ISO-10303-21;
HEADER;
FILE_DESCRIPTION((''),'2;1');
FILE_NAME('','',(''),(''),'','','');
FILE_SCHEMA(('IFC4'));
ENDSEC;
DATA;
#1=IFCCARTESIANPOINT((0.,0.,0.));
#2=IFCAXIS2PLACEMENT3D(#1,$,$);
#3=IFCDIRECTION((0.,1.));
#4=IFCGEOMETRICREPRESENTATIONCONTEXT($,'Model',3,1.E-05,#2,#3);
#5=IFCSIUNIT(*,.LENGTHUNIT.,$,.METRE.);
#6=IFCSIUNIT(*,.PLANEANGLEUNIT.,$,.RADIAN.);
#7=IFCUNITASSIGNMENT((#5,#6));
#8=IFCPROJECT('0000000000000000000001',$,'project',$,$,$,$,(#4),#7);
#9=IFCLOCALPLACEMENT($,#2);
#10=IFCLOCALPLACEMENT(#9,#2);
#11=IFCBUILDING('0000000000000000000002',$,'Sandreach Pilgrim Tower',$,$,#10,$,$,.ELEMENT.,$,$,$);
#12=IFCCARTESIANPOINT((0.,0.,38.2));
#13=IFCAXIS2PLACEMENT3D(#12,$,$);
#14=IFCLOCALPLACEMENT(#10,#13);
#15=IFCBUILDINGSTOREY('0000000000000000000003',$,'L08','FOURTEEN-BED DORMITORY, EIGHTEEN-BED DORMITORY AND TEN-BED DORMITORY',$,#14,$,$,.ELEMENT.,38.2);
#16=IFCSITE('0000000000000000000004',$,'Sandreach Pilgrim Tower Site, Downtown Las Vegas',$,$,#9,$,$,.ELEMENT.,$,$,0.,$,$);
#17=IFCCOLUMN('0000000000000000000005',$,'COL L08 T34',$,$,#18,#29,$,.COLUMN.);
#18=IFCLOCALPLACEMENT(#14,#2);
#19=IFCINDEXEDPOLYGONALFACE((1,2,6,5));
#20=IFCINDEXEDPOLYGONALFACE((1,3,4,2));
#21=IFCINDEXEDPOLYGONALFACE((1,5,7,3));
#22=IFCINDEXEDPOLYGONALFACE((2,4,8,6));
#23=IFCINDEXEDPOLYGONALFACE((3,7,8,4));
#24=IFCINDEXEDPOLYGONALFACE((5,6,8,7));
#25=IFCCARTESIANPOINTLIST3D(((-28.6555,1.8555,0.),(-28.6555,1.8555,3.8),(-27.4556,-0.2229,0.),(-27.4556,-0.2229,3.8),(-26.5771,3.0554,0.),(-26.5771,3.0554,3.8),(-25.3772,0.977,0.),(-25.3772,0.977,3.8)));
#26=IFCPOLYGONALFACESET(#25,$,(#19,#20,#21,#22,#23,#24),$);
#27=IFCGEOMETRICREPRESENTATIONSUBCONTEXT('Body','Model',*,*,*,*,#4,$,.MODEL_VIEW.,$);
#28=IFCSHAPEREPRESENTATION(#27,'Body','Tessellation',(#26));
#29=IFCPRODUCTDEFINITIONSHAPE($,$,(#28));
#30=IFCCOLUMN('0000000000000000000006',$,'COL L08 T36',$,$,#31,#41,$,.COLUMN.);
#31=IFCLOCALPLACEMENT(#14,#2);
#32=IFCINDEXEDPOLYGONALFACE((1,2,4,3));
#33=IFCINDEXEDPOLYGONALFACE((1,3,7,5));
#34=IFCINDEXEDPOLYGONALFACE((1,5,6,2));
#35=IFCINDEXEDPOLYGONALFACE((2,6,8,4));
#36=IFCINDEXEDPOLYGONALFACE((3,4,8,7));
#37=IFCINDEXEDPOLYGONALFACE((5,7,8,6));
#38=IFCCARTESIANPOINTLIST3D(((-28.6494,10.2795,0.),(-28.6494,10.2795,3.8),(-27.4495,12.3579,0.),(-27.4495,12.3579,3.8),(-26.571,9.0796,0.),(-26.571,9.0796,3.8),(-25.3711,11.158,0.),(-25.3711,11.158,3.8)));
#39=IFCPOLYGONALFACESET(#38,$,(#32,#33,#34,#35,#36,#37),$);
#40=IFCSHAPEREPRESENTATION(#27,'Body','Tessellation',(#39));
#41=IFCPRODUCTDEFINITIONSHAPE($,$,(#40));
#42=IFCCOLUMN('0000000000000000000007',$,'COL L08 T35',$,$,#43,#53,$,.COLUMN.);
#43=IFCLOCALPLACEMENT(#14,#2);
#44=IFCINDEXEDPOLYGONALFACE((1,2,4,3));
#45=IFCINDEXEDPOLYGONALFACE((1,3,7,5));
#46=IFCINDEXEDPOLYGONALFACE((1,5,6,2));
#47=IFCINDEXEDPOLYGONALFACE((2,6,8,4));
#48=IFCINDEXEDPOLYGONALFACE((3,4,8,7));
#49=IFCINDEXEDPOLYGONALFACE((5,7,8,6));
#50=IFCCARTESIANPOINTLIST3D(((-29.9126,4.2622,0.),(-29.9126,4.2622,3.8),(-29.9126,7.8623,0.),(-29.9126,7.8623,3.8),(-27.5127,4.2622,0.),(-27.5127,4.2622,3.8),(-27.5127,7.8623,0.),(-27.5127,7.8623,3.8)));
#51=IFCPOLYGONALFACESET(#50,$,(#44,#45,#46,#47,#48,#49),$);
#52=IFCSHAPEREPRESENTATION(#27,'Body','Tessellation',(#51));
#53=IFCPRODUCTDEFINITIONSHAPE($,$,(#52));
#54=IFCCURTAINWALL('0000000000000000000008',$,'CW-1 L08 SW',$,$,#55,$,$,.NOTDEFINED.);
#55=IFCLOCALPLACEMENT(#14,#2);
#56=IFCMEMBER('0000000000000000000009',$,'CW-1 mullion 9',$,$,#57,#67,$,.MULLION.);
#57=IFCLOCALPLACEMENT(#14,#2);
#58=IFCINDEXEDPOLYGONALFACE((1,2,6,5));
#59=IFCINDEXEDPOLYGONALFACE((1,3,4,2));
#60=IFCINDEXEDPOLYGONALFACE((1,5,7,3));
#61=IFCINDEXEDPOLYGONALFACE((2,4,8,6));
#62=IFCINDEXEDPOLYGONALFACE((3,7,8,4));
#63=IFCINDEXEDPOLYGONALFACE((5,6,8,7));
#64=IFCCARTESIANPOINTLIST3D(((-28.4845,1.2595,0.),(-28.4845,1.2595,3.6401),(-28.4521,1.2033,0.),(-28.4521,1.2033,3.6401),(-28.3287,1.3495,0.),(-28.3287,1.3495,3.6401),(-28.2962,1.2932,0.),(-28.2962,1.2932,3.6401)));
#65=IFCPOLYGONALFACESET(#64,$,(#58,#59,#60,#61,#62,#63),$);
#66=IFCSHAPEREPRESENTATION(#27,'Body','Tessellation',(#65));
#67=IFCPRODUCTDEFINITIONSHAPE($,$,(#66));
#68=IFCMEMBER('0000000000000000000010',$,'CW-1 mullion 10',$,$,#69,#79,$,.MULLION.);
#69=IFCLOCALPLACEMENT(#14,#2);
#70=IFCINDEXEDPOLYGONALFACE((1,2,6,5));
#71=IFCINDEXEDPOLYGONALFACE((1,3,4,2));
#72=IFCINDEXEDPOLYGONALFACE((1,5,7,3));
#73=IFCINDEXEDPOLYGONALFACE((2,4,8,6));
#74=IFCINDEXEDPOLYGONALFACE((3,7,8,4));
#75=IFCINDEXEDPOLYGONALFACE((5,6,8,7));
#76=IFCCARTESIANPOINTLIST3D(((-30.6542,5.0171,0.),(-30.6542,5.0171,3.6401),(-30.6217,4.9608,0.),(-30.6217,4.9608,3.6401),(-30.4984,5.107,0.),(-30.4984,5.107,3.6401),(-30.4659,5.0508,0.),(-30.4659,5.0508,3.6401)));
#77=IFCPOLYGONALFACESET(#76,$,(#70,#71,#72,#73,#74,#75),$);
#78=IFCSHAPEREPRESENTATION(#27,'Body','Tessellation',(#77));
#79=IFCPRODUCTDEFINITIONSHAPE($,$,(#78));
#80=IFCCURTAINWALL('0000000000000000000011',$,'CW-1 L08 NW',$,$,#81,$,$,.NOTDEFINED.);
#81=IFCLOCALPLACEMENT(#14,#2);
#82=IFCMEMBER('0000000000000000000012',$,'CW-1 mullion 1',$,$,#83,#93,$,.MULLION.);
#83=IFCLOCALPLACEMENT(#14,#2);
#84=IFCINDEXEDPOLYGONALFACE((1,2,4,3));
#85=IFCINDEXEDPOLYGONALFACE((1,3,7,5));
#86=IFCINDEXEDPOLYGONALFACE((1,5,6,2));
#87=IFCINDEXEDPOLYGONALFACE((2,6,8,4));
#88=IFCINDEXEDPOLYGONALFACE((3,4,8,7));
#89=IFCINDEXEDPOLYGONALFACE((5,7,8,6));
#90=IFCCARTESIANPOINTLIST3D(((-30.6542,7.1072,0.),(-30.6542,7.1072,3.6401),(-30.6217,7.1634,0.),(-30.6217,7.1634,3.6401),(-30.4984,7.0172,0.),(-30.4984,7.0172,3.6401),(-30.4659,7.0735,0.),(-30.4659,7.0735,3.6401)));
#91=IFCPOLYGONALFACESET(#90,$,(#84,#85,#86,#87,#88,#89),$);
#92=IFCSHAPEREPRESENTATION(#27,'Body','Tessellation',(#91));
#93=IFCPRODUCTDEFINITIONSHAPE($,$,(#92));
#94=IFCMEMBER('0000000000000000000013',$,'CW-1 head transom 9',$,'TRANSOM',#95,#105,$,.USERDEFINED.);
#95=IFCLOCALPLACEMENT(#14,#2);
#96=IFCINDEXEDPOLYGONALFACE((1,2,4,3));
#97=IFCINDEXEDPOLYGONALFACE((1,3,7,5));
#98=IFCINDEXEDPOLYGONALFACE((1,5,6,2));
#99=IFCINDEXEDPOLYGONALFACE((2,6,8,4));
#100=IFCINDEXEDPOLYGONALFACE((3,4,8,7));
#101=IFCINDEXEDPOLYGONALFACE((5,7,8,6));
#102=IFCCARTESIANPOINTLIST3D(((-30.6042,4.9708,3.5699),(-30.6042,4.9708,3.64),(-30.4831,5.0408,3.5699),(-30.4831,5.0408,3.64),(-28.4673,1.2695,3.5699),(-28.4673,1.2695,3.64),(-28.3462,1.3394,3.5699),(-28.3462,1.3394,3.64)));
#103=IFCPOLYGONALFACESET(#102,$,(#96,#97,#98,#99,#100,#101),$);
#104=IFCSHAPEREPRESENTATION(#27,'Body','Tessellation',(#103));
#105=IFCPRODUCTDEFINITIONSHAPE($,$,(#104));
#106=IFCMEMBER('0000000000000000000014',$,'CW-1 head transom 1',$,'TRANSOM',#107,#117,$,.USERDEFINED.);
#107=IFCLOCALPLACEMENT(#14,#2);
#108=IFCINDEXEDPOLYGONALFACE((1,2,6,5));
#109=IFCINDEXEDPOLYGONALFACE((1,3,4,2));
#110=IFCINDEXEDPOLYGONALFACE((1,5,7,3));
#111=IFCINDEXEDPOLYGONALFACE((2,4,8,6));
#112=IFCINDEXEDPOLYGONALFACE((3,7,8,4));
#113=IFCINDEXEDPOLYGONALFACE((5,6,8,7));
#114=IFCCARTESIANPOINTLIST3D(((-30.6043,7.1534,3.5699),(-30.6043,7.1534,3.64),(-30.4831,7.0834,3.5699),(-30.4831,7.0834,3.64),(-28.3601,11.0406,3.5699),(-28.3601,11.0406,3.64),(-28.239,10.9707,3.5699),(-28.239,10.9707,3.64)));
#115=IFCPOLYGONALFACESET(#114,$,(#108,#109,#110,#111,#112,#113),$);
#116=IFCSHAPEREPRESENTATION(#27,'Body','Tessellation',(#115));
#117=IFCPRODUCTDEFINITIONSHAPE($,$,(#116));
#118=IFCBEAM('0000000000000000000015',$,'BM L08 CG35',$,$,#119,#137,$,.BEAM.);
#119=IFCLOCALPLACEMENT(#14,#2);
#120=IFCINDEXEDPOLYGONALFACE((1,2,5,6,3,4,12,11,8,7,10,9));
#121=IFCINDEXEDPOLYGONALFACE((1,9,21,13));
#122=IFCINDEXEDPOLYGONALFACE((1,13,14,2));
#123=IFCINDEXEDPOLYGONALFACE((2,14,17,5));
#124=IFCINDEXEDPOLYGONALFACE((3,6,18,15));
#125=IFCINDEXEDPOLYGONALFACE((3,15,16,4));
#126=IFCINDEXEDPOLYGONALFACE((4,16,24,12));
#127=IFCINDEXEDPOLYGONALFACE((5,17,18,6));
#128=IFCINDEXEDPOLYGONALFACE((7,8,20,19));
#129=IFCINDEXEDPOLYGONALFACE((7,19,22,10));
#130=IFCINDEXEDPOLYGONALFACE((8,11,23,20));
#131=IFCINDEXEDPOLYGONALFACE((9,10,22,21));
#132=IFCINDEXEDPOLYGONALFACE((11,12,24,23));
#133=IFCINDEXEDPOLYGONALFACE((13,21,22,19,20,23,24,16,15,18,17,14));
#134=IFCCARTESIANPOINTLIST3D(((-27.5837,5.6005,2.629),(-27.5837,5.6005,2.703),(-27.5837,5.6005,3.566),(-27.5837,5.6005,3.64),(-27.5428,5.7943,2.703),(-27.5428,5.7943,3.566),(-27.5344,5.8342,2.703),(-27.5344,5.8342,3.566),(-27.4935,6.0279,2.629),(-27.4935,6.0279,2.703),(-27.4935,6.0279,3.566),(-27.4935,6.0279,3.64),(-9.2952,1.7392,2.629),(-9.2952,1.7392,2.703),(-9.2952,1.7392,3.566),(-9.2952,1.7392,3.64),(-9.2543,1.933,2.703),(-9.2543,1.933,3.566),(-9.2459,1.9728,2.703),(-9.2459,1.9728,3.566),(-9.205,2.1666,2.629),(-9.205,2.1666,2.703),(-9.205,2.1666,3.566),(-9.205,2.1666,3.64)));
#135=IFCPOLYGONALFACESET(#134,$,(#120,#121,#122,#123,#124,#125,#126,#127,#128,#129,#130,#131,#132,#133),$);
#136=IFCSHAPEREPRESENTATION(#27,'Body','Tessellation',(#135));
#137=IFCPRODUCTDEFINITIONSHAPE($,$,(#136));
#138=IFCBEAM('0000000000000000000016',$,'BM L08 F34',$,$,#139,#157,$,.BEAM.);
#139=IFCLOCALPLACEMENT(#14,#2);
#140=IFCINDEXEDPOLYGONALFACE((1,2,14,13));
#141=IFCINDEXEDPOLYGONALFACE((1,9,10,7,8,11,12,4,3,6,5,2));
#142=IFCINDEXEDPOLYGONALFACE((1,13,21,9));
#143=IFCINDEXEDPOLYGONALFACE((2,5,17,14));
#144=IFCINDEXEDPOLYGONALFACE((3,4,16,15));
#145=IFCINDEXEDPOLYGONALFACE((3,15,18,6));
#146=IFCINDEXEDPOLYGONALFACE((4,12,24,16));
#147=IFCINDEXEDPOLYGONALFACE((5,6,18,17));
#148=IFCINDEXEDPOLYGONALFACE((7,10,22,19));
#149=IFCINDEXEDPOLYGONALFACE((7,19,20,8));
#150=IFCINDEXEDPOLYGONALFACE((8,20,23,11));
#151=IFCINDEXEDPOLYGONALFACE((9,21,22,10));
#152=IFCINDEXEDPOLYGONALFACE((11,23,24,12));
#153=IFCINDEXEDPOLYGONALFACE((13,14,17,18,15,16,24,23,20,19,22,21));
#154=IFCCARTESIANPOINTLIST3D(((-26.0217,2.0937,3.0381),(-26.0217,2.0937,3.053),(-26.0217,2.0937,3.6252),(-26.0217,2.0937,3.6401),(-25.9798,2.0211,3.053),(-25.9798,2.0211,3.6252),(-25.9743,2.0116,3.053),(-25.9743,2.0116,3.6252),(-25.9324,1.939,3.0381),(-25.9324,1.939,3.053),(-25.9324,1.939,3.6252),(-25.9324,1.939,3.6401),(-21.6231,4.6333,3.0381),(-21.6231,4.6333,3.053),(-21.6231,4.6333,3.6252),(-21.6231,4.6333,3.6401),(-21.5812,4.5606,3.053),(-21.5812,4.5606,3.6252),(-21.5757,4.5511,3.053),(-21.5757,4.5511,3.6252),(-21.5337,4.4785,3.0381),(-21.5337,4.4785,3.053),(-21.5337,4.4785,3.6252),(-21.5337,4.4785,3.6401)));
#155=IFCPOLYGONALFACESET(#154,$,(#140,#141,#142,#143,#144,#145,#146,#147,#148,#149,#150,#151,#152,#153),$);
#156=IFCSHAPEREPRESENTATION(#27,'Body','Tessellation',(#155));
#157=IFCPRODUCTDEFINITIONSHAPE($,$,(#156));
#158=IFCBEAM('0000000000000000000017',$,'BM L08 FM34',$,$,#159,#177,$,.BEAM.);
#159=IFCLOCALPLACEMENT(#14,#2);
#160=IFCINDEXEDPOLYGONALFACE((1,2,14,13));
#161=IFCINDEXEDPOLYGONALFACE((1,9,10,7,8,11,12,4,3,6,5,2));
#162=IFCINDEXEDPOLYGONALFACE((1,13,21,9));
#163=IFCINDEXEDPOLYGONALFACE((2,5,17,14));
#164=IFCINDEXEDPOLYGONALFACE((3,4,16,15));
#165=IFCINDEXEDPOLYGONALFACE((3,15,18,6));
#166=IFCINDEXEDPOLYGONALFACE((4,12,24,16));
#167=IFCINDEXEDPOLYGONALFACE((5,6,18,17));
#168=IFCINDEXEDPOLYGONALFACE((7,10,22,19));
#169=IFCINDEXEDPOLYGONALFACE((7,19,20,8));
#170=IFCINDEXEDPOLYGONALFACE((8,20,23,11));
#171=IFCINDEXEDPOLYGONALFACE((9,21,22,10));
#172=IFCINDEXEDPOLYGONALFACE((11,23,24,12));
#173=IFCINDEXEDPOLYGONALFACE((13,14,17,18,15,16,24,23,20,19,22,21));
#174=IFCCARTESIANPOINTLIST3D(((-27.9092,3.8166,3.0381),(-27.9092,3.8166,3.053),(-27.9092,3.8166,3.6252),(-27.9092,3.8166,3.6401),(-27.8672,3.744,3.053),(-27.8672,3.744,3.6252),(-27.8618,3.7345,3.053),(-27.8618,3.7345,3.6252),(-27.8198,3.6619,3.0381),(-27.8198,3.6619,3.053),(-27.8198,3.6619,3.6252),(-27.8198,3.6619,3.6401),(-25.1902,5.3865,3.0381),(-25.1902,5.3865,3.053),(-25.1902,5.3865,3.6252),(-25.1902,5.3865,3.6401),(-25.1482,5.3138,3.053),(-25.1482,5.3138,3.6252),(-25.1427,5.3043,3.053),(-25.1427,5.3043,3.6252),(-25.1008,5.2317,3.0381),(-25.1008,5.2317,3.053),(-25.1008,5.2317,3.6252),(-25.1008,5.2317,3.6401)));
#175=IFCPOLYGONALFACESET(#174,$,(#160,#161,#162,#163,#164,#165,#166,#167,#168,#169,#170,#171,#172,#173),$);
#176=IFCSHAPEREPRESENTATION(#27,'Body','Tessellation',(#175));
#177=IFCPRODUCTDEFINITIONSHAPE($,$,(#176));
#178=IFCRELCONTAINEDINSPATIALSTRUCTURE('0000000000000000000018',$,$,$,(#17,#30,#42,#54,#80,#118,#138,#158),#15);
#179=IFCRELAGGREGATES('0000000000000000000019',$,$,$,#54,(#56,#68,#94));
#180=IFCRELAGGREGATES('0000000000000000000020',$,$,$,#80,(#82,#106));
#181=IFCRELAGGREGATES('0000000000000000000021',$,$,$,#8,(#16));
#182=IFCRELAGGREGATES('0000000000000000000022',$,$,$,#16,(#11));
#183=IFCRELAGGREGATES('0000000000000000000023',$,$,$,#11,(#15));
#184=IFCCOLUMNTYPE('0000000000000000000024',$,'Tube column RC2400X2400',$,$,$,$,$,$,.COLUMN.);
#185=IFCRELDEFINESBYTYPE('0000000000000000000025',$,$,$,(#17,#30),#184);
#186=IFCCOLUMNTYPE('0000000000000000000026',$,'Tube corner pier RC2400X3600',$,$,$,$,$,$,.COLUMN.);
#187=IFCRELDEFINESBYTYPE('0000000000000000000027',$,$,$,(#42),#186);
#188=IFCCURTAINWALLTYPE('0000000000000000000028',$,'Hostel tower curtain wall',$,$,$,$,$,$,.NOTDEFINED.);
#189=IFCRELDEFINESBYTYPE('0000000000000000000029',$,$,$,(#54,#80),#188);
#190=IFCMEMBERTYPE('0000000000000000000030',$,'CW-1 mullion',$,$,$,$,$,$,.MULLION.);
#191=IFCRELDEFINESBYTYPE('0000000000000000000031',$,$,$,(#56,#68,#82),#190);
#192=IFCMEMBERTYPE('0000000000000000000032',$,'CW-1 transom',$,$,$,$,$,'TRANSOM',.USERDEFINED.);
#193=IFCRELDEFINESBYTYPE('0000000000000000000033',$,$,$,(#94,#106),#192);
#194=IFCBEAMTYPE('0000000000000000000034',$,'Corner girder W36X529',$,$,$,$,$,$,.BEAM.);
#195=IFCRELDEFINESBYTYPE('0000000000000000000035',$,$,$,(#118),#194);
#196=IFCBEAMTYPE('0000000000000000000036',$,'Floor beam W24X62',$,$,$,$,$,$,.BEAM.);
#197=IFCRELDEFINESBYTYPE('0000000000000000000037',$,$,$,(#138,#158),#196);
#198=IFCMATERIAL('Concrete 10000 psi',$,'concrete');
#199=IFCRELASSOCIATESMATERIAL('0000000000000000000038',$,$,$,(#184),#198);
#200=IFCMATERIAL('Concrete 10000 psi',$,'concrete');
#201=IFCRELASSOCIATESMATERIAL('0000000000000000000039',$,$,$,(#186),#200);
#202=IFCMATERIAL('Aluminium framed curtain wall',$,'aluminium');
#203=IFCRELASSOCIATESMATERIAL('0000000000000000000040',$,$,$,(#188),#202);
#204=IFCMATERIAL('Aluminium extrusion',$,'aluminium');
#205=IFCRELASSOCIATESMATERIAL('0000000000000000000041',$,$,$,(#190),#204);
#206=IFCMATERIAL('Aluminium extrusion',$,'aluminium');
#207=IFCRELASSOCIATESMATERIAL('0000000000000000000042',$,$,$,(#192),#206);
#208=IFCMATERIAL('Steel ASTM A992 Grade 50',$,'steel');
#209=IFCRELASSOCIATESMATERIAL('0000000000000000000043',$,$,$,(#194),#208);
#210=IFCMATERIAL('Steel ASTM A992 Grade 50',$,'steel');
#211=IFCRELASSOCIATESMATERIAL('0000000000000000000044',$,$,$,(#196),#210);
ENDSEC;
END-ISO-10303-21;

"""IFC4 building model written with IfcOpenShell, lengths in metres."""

from ifc_helpers import new_model, si_unit, direction, frame, origin, origin_2d, place, context, subcontext, project, spatial, rectangle, i_section, extrude, material, material_profile, profile_set, type_object, element, aggregate, save


model = new_model("IFC4")

# Units and contexts
model_context = context("Model", 3, precision=1e-05, world=origin(), true_north=direction((0.0, 1.0)))
body_context = subcontext(model_context, "Body", "Model", "MODEL_VIEW")
ifc_project = project(units=[si_unit("LENGTHUNIT", "METRE"), si_unit("PLANEANGLEUNIT", "RADIAN")], contexts=[model_context])

# Site, building, storey
site_placement = place(None, origin())
site = spatial("IfcSite", under=ifc_project, at=site_placement, Name="Sandreach Pilgrim Tower Site, Downtown Las Vegas", CompositionType="ELEMENT", RefElevation=0.0)
building_placement = place(site_placement, origin())
building = spatial("IfcBuilding", under=site, at=building_placement, Name="Sandreach Pilgrim Tower", CompositionType="ELEMENT")
storey_placement = place(building_placement, frame((0.0, 0.0, 38.2)))
storey = spatial("IfcBuildingStorey", under=building, at=storey_placement, Name="L08", Description="FOURTEEN-BED DORMITORY, EIGHTEEN-BED DORMITORY AND TEN-BED DORMITORY", CompositionType="ELEMENT", Elevation=38.2)

# Columns
ifc_material_1 = material(Name="Concrete 10000 psi", Category="concrete")
ifc_material_profile_1 = material_profile(ifc_material_1, rectangle(XDim=2.3999, YDim=2.3999, at=origin_2d()), Name="RC2400X2400")
ifc_profile_set_1 = profile_set([ifc_material_profile_1], Name="Concrete 10000 psi")
column_type_1 = type_object("IfcColumnType", Name="Tube column RC2400X2400", PredefinedType="COLUMN", material=ifc_profile_set_1)
for number, where, z_axis, x_axis, name in (
    (1, (-27.0164, 1.4163, 0.0), (0.0, 0.0, 1.0), (-0.866025, -0.5, 0.0), "COL L08 T34"),
    (2, (-27.0103, 10.7188, 0.0), (0.0, 0.0, 1.0), (-0.866025, 0.5, 0.0), "COL L08 T36"),
):
    element("IfcColumn", number, at=place(storey_placement, frame(where, z_axis=z_axis, x_axis=x_axis)), inside=storey, type_object=column_type_1, Name=name, PredefinedType="COLUMN", context=body_context, shape_type="SweptSolid", body=[
        extrude(rectangle(XDim=2.3999, YDim=2.3999, at=origin_2d()), origin(), (0.0, 0.0, 1.0), 3.8),
    ])
ifc_material_2 = material(Name="Concrete 10000 psi", Category="concrete")
ifc_material_profile_2 = material_profile(ifc_material_2, rectangle(XDim=2.3999, YDim=3.6001, at=origin_2d()), Name="RC2400X3600")
ifc_profile_set_2 = profile_set([ifc_material_profile_2], Name="Concrete 10000 psi")
column_type_2 = type_object("IfcColumnType", Name="Tube corner pier RC2400X3600", PredefinedType="COLUMN", material=ifc_profile_set_2)
column_placement = place(storey_placement, frame((-28.7126, 6.0623, 0.0), z_axis=(0.0, 0.0, 1.0), x_axis=(-1.0, 0.0, 0.0)))
element("IfcColumn", 3, at=column_placement, inside=storey, type_object=column_type_2, Name="COL L08 T35", PredefinedType="COLUMN", context=body_context, shape_type="SweptSolid", body=[
    extrude(rectangle(XDim=2.3999, YDim=3.6001, at=origin_2d()), origin(), (0.0, 0.0, 1.0), 3.8),
])

# Curtain wall, members
ifc_material_3 = material(Name="Aluminium framed curtain wall", Category="aluminium")
curtain_wall_type = type_object("IfcCurtainWallType", Name="Hostel tower curtain wall", PredefinedType="NOTDEFINED", material=ifc_material_3)
curtain_wall_1_placement = place(storey_placement, origin())
curtain_wall_1 = element("IfcCurtainWall", 4, at=curtain_wall_1_placement, inside=storey, type_object=curtain_wall_type, Name="CW-1 L08 SW", PredefinedType="NOTDEFINED")
ifc_material_4 = material(Name="Aluminium extrusion", Category="aluminium")
ifc_material_profile_3 = material_profile(ifc_material_4, rectangle(XDim=0.0649, YDim=0.1799, at=origin_2d()), Name="CW-1M 65X180")
ifc_profile_set_3 = profile_set([ifc_material_profile_3], Name="Aluminium extrusion")
member_type_1 = type_object("IfcMemberType", Name="CW-1 mullion", PredefinedType="MULLION", material=ifc_profile_set_3)
member_1_placement = place(storey_placement, frame((-28.3904, 1.2764, 0.0), z_axis=(0.0, 0.0, 1.0), x_axis=(-0.5, 0.866025, 0.0)))
member_1 = element("IfcMember", 5, at=member_1_placement, type_object=member_type_1, Name="CW-1 mullion 9", PredefinedType="MULLION", context=body_context, shape_type="SweptSolid", body=[
    extrude(rectangle(XDim=0.0649, YDim=0.1799, at=origin_2d()), origin(), (0.0, 0.0, 1.0), 3.6401),
])
member_2_placement = place(storey_placement, frame((-30.5601, 5.0339, 0.0), z_axis=(0.0, 0.0, 1.0), x_axis=(-0.5, 0.866025, 0.0)))
member_2 = element("IfcMember", 6, at=member_2_placement, type_object=member_type_1, Name="CW-1 mullion 10", PredefinedType="MULLION", context=body_context, shape_type="SweptSolid", body=[
    extrude(rectangle(XDim=0.0649, YDim=0.1799, at=origin_2d()), origin(), (0.0, 0.0, 1.0), 3.6401),
])

# Curtain wall, member
curtain_wall_2_placement = place(storey_placement, origin())
curtain_wall_2 = element("IfcCurtainWall", 7, at=curtain_wall_2_placement, inside=storey, type_object=curtain_wall_type, Name="CW-1 L08 NW", PredefinedType="NOTDEFINED")
member_3_placement = place(storey_placement, frame((-30.5601, 7.0903, 0.0), z_axis=(0.0, 0.0, 1.0), x_axis=(0.5, 0.866025, 0.0)))
member_3 = element("IfcMember", 8, at=member_3_placement, type_object=member_type_1, Name="CW-1 mullion 1", PredefinedType="MULLION", context=body_context, shape_type="SweptSolid", body=[
    extrude(rectangle(XDim=0.0649, YDim=0.1799, at=origin_2d()), origin(), (0.0, 0.0, 1.0), 3.6401),
])

# Members
ifc_material_5 = material(Name="Aluminium extrusion", Category="aluminium")
ifc_material_profile_4 = material_profile(ifc_material_5, rectangle(XDim=0.1399, YDim=0.0701, at=origin_2d()), Name="CW-1T 140X70")
ifc_profile_set_4 = profile_set([ifc_material_profile_4], Name="Aluminium extrusion")
member_type_2 = type_object("IfcMemberType", Name="CW-1 transom", ElementType="TRANSOM", PredefinedType="USERDEFINED", material=ifc_profile_set_4)
member_4_placement = place(storey_placement, frame((-28.4067, 1.3044, 3.605), z_axis=(-0.499991, 0.866031, 0.0), x_axis=(-0.866031, -0.499991, 0.0)))
member_4 = element("IfcMember", 9, at=member_4_placement, type_object=member_type_2, Name="CW-1 head transom 9", ObjectType="TRANSOM", PredefinedType="USERDEFINED", context=body_context, shape_type="SweptSolid", body=[
    extrude(rectangle(XDim=0.1399, YDim=0.0701, at=origin_2d()), origin(), (0.0, 0.0, 1.0), 4.2739),
])
member_5_placement = place(storey_placement, frame((-30.5437, 7.1184, 3.605), z_axis=(0.499977, 0.866039, 0.0), x_axis=(-0.866039, 0.499977, 0.0)))
member_5 = element("IfcMember", 10, at=member_5_placement, type_object=member_type_2, Name="CW-1 head transom 1", ObjectType="TRANSOM", PredefinedType="USERDEFINED", context=body_context, shape_type="SweptSolid", body=[
    extrude(rectangle(XDim=0.1399, YDim=0.0701, at=origin_2d()), origin(), (0.0, 0.0, 1.0), 4.4885),
])

# Beams
ifc_material_6 = material(Name="Steel ASTM A992 Grade 50", Category="steel")
ifc_material_profile_5 = material_profile(ifc_material_6, i_section(OverallWidth=0.4368, OverallDepth=1.011, WebThickness=0.0408, FlangeThickness=0.074, at=origin_2d()), Name="W36X529")
ifc_profile_set_5 = profile_set([ifc_material_profile_5], Name="Steel ASTM A992 Grade 50")
beam_type_1 = type_object("IfcBeamType", Name="Corner girder W36X529", PredefinedType="BEAM", material=ifc_profile_set_5)
beam_1_placement = place(storey_placement, frame((-27.5386, 5.8142, 3.1345), z_axis=(0.97843, -0.206579, 0.0), x_axis=(0.206579, 0.97843, 0.0)))
element("IfcBeam", 11, at=beam_1_placement, inside=storey, type_object=beam_type_1, Name="BM L08 CG35", PredefinedType="BEAM", context=body_context, shape_type="SweptSolid", body=[
    extrude(i_section(OverallWidth=0.4368, OverallDepth=1.011, WebThickness=0.0408, FlangeThickness=0.074, at=origin_2d()), origin(), (0.0, 0.0, 1.0), 18.6917),
])
ifc_material_7 = material(Name="Steel ASTM A992 Grade 50", Category="steel")
ifc_material_profile_6 = material_profile(ifc_material_7, i_section(OverallWidth=0.1787, OverallDepth=0.6021, WebThickness=0.011, FlangeThickness=0.0149, at=origin_2d()), Name="W24X62")
ifc_profile_set_6 = profile_set([ifc_material_profile_6], Name="Steel ASTM A992 Grade 50")
beam_type_2 = type_object("IfcBeamType", Name="Floor beam W24X62", PredefinedType="BEAM", material=ifc_profile_set_6)
beam_2_placement = place(storey_placement, frame((-25.9771, 2.0164, 3.3391), z_axis=(0.866028, 0.499996, 0.0), x_axis=(-0.499996, 0.866028, 0.0)))
element("IfcBeam", 12, at=beam_2_placement, inside=storey, type_object=beam_type_2, Name="BM L08 F34", PredefinedType="BEAM", context=body_context, shape_type="SweptSolid", body=[
    extrude(i_section(OverallWidth=0.1787, OverallDepth=0.6021, WebThickness=0.011, FlangeThickness=0.0149, at=origin_2d()), origin(), (0.0, 0.0, 1.0), 5.0791),
])
beam_3_placement = place(storey_placement, frame((-27.8645, 3.7393, 3.3391), z_axis=(0.866024, 0.500003, 0.0), x_axis=(-0.500003, 0.866024, 0.0)))
element("IfcBeam", 13, at=beam_3_placement, inside=storey, type_object=beam_type_2, Name="BM L08 FM34", PredefinedType="BEAM", context=body_context, shape_type="SweptSolid", body=[
    extrude(i_section(OverallWidth=0.1787, OverallDepth=0.6021, WebThickness=0.011, FlangeThickness=0.0149, at=origin_2d()), origin(), (0.0, 0.0, 1.0), 3.1396),
])

aggregate(curtain_wall_1, [member_1, member_2, member_4])
aggregate(curtain_wall_2, [member_3, member_5])

save(model, "model.ifc")
